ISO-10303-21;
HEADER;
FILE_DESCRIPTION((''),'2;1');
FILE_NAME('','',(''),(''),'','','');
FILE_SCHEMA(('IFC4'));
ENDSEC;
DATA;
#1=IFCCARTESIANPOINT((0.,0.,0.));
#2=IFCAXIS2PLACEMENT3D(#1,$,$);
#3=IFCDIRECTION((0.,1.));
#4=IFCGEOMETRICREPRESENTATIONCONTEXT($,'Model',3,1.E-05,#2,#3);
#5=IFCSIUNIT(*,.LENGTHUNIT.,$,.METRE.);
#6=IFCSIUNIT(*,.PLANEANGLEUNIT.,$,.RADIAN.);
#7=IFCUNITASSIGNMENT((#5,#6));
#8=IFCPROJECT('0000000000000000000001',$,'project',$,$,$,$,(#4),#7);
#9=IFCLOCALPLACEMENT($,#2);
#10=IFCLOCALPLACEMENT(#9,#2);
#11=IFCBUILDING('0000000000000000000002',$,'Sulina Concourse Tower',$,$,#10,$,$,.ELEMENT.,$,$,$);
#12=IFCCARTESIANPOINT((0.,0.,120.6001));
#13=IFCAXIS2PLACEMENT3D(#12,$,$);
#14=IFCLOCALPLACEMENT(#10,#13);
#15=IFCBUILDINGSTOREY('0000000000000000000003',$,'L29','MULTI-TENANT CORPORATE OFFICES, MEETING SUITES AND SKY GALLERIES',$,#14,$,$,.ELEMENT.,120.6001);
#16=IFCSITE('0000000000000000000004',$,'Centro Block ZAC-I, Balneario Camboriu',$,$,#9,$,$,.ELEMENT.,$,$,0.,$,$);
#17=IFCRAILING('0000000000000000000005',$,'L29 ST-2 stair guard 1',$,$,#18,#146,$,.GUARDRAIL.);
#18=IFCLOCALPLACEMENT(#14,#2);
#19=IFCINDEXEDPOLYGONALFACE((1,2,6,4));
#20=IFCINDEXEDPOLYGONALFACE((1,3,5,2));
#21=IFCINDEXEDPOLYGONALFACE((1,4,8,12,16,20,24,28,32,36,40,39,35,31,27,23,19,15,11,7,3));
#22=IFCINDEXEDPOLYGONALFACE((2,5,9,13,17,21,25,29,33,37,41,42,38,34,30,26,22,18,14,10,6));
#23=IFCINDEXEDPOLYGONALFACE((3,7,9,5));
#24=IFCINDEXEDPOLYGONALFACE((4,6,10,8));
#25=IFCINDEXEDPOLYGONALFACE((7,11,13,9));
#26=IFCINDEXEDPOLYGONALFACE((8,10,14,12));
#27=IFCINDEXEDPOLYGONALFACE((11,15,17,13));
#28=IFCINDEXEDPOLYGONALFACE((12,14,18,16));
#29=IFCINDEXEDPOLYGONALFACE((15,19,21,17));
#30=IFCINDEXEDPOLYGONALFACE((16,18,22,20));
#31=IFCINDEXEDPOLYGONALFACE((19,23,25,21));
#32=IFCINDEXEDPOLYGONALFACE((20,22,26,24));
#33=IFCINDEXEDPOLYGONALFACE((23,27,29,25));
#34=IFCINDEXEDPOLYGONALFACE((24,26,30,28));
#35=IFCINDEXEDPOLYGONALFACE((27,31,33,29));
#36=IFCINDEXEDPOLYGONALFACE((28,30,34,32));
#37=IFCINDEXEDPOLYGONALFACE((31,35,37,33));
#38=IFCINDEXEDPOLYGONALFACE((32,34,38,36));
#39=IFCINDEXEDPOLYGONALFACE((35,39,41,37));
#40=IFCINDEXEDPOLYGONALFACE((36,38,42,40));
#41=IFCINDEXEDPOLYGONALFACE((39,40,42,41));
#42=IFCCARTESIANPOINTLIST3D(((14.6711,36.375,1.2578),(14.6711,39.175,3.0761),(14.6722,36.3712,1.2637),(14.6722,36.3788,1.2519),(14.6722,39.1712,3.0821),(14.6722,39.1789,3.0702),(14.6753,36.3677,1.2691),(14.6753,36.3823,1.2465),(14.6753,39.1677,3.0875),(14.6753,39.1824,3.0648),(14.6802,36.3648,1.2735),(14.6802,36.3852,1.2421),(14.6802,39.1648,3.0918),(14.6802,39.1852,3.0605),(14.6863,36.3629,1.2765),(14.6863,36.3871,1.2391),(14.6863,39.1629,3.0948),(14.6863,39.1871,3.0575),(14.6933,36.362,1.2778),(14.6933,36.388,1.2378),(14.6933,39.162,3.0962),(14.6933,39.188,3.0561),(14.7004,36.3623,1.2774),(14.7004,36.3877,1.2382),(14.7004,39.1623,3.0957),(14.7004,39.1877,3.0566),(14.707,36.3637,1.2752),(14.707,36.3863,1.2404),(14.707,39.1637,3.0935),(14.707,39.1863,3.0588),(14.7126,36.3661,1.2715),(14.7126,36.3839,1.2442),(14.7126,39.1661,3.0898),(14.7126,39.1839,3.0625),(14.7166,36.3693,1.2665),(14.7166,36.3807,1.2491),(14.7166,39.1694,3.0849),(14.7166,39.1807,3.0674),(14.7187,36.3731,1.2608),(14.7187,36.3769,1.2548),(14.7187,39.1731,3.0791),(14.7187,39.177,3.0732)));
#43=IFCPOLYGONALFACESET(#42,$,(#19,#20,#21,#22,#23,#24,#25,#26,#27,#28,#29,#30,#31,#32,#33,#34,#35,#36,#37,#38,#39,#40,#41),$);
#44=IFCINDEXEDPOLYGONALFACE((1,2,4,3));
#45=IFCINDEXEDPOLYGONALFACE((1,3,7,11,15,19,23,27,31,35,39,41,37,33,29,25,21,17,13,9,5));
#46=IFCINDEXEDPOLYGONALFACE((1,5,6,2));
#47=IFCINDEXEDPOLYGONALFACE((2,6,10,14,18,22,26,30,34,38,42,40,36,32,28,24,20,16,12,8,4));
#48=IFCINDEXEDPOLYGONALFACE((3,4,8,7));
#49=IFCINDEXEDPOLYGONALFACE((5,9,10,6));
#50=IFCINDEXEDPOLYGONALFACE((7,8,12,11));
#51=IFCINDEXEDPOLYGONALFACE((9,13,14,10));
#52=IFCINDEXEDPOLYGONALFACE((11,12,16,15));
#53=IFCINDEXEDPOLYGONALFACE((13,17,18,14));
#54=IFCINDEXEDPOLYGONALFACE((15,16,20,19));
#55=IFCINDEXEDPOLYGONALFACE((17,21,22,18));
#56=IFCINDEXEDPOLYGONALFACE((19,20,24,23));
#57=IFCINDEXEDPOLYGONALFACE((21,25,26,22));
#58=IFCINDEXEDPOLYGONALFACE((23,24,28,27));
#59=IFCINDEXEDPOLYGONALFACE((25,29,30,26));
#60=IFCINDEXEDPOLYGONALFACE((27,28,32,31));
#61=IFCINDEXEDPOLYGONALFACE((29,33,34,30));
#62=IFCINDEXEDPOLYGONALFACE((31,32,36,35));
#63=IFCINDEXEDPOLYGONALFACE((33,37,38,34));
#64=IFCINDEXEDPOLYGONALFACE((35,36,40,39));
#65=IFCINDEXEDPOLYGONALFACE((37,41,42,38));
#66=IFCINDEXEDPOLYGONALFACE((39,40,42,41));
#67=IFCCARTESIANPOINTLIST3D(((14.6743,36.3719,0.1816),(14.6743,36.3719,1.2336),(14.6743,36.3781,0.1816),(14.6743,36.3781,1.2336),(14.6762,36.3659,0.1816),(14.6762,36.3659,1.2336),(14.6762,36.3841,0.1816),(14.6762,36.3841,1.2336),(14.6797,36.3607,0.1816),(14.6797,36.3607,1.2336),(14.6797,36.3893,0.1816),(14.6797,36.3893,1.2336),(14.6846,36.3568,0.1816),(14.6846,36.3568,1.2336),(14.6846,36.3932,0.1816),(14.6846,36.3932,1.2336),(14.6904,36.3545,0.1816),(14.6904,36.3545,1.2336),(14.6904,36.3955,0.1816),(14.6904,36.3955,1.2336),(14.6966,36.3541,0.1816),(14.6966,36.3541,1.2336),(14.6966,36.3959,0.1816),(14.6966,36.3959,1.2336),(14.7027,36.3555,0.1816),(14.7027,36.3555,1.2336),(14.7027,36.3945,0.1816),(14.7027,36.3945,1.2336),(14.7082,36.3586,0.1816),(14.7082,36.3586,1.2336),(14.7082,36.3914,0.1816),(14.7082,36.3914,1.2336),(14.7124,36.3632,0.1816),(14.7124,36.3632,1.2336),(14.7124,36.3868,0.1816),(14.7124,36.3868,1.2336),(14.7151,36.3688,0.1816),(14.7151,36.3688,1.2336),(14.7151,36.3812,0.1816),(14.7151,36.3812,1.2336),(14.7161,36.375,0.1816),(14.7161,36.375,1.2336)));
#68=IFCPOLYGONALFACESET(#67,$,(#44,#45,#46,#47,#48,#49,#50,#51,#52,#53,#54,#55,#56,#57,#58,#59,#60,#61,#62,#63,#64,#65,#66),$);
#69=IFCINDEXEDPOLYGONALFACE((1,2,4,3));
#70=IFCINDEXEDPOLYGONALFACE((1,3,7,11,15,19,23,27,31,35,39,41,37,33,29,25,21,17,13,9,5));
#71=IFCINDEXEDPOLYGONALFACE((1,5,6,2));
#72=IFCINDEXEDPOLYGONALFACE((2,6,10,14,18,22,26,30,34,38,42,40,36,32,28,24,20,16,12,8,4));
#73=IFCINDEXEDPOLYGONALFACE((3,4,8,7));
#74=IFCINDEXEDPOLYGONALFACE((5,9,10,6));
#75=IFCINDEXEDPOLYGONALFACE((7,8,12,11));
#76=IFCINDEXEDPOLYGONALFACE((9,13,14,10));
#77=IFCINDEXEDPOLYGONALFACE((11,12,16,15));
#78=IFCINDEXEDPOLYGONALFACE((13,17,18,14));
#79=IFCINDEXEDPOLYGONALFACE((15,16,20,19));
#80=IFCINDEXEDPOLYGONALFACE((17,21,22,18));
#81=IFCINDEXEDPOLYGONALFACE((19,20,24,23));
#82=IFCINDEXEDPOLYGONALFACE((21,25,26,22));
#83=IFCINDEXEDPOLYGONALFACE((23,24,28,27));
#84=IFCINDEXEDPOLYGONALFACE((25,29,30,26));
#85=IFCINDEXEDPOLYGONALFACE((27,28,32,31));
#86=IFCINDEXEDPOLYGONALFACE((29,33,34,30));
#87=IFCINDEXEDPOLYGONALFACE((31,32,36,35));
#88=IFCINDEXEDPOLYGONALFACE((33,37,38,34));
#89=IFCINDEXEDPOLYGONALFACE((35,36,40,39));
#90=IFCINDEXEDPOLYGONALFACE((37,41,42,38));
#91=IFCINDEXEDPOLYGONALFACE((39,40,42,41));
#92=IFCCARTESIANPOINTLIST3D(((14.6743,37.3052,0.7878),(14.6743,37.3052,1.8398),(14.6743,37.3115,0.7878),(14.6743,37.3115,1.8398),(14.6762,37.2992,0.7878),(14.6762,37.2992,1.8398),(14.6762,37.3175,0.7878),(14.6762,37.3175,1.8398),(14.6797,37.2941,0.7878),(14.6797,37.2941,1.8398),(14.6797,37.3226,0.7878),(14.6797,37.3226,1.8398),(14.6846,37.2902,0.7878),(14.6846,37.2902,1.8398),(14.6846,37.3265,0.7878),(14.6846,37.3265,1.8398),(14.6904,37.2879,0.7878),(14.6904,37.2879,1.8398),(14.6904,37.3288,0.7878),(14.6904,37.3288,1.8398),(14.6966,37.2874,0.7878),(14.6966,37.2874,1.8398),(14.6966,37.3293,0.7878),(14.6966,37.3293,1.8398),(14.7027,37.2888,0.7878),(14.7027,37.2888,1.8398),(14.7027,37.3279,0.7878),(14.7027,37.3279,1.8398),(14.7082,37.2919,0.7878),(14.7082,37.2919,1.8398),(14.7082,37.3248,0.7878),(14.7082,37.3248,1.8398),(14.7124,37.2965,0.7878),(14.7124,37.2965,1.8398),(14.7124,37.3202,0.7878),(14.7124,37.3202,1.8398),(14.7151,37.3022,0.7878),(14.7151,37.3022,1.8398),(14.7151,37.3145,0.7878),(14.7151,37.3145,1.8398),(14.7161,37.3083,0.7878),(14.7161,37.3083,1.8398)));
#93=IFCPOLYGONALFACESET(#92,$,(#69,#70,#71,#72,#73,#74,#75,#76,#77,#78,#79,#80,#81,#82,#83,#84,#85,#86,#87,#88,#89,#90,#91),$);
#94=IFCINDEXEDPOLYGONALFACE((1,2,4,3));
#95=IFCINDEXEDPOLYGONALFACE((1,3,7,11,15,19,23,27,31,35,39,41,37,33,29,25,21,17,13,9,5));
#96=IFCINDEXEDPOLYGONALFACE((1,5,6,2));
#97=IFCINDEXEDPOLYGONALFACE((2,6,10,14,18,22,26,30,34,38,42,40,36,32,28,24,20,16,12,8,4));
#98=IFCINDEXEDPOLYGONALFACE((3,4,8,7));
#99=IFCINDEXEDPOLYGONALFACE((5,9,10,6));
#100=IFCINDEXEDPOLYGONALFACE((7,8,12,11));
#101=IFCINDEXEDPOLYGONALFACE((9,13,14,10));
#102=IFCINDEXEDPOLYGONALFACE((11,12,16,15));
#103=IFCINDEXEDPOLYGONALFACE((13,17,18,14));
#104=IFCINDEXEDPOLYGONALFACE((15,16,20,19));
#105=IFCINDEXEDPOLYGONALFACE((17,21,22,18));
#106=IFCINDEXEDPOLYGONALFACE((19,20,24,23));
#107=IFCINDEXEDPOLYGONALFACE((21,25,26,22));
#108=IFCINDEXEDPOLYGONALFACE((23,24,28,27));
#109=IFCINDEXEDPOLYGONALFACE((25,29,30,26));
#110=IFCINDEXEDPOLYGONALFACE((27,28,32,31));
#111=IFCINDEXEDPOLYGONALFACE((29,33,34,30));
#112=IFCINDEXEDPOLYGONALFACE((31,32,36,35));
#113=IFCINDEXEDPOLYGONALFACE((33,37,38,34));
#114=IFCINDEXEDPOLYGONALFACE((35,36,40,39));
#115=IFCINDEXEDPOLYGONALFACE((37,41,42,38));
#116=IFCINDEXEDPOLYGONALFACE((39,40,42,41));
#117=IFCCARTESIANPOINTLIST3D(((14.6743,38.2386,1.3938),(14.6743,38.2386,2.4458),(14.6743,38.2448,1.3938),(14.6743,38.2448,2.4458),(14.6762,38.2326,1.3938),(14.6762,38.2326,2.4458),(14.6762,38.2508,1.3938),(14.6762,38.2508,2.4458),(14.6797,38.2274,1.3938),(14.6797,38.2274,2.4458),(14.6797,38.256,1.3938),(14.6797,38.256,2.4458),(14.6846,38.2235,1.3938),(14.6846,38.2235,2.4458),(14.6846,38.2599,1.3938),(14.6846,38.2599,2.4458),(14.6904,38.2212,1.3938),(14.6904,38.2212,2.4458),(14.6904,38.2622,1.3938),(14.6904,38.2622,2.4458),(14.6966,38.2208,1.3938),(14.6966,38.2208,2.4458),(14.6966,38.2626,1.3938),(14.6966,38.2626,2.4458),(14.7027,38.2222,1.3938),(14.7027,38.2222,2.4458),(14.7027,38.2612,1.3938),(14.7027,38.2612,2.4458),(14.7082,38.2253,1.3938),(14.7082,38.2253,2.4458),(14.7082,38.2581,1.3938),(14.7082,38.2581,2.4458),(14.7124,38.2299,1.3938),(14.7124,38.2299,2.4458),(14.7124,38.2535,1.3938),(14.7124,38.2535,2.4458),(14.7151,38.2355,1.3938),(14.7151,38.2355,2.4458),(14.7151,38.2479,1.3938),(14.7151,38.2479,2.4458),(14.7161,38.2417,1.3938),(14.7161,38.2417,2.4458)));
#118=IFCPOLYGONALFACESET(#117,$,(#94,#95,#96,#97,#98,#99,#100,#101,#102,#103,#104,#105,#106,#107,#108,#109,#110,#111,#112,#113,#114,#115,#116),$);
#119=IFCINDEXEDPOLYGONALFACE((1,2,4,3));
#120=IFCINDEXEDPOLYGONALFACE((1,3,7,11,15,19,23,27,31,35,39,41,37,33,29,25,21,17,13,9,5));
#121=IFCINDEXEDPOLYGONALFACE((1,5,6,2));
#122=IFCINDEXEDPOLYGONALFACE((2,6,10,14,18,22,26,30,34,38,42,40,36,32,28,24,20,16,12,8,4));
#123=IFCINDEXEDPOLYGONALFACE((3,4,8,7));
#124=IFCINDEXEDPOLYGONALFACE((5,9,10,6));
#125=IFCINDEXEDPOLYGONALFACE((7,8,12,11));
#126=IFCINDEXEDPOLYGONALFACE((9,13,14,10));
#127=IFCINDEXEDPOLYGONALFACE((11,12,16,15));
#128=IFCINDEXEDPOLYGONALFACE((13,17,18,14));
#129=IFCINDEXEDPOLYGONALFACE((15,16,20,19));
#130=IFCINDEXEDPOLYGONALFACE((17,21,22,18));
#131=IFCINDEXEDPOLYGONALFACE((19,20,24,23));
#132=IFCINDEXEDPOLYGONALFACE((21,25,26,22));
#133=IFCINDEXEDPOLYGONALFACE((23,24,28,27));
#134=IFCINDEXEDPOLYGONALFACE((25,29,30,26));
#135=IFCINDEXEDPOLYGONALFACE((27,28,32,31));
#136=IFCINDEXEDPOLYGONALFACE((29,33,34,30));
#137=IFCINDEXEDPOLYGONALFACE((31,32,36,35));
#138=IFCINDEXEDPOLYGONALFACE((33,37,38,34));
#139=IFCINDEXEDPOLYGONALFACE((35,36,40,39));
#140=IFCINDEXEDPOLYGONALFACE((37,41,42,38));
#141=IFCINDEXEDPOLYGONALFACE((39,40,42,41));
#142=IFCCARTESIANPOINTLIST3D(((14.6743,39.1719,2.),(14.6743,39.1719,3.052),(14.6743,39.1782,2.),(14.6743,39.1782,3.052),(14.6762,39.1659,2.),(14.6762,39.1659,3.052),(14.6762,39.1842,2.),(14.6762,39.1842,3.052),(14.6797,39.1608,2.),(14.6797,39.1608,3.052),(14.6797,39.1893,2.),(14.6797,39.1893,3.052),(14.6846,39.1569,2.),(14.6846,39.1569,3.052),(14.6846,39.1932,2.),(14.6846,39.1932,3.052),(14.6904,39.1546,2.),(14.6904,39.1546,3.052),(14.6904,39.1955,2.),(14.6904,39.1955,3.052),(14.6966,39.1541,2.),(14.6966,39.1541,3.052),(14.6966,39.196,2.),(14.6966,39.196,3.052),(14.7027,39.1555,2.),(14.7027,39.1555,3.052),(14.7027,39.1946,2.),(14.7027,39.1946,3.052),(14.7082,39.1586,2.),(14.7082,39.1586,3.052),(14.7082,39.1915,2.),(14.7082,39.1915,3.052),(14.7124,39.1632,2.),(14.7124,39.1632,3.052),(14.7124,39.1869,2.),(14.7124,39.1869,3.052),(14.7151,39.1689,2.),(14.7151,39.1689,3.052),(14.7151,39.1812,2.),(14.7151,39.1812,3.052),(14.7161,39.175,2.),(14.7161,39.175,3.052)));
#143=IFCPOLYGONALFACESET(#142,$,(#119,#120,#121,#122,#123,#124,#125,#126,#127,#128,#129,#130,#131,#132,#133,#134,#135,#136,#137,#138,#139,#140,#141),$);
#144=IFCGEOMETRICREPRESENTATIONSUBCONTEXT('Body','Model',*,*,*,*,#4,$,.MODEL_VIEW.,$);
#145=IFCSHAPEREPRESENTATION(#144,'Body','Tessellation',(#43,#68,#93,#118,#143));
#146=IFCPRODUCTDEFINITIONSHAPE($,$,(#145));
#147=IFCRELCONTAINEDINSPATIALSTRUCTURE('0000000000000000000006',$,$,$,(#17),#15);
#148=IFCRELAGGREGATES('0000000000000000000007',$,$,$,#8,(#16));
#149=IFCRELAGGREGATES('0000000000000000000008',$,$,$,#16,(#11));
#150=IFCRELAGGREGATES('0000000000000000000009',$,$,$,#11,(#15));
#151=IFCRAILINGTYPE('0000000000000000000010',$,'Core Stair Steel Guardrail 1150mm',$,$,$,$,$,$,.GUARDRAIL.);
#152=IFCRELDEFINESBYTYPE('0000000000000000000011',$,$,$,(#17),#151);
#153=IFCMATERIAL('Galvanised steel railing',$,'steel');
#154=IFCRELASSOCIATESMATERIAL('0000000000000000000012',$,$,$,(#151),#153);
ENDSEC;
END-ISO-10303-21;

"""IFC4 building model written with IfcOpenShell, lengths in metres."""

from ifc_helpers import new_model, si_unit, direction, frame, origin, origin_2d, place, context, subcontext, project, spatial, circle, extrude, material, type_object, element, save


model = new_model("IFC4")

# Units and contexts
model_context = context("Model", 3, precision=1e-05, world=origin(), true_north=direction((0.0, 1.0)))
body_context = subcontext(model_context, "Body", "Model", "MODEL_VIEW")
ifc_project = project(units=[si_unit("LENGTHUNIT", "METRE"), si_unit("PLANEANGLEUNIT", "RADIAN")], contexts=[model_context])

# Site, building, storey
site_placement = place(None, origin())
site = spatial("IfcSite", under=ifc_project, at=site_placement, Name="Centro Block ZAC-I, Balneario Camboriu", CompositionType="ELEMENT", RefElevation=0.0)
building_placement = place(site_placement, origin())
building = spatial("IfcBuilding", under=site, at=building_placement, Name="Sulina Concourse Tower", CompositionType="ELEMENT")
storey_placement = place(building_placement, frame((0.0, 0.0, 120.6001)))
storey = spatial("IfcBuildingStorey", under=building, at=storey_placement, Name="L29", Description="MULTI-TENANT CORPORATE OFFICES, MEETING SUITES AND SKY GALLERIES", CompositionType="ELEMENT", Elevation=120.6001)

# Railing
ifc_material_1 = material(Name="Galvanised steel railing", Category="steel")
railing_type_1 = type_object("IfcRailingType", Name="Core Stair Steel Guardrail 1150mm", PredefinedType="GUARDRAIL", material=ifc_material_1)
railing_1_placement = place(storey_placement, frame((14.6951, 36.375, 0.1816)))
element("IfcRailing", 1, at=railing_1_placement, inside=storey, type_object=railing_type_1, Name="L29 ST-2 stair guard 1", PredefinedType="GUARDRAIL", context=body_context, shape_type="SweptSolid", body=[
    extrude(circle(Radius=0.0239, at=origin_2d()), frame((0.0, 0.0, 1.0762), z_axis=(0.0, 0.838672, 0.544636), x_axis=(-1.0, 0.0, 0.0)), (0.0, 0.0, 1.0), 3.3386),
    extrude(circle(Radius=0.021, at=origin_2d()), origin(), (0.0, 0.0, 1.0), 1.052),
    extrude(circle(Radius=0.021, at=origin_2d()), frame((0.0, 0.9333, 0.6062)), (0.0, 0.0, 1.0), 1.052),
    extrude(circle(Radius=0.021, at=origin_2d()), frame((0.0, 1.8667, 1.2122)), (0.0, 0.0, 1.0), 1.052),
    extrude(circle(Radius=0.021, at=origin_2d()), frame((0.0, 2.8, 1.8184)), (0.0, 0.0, 1.0), 1.052),
])

save(model, "model.ifc")
